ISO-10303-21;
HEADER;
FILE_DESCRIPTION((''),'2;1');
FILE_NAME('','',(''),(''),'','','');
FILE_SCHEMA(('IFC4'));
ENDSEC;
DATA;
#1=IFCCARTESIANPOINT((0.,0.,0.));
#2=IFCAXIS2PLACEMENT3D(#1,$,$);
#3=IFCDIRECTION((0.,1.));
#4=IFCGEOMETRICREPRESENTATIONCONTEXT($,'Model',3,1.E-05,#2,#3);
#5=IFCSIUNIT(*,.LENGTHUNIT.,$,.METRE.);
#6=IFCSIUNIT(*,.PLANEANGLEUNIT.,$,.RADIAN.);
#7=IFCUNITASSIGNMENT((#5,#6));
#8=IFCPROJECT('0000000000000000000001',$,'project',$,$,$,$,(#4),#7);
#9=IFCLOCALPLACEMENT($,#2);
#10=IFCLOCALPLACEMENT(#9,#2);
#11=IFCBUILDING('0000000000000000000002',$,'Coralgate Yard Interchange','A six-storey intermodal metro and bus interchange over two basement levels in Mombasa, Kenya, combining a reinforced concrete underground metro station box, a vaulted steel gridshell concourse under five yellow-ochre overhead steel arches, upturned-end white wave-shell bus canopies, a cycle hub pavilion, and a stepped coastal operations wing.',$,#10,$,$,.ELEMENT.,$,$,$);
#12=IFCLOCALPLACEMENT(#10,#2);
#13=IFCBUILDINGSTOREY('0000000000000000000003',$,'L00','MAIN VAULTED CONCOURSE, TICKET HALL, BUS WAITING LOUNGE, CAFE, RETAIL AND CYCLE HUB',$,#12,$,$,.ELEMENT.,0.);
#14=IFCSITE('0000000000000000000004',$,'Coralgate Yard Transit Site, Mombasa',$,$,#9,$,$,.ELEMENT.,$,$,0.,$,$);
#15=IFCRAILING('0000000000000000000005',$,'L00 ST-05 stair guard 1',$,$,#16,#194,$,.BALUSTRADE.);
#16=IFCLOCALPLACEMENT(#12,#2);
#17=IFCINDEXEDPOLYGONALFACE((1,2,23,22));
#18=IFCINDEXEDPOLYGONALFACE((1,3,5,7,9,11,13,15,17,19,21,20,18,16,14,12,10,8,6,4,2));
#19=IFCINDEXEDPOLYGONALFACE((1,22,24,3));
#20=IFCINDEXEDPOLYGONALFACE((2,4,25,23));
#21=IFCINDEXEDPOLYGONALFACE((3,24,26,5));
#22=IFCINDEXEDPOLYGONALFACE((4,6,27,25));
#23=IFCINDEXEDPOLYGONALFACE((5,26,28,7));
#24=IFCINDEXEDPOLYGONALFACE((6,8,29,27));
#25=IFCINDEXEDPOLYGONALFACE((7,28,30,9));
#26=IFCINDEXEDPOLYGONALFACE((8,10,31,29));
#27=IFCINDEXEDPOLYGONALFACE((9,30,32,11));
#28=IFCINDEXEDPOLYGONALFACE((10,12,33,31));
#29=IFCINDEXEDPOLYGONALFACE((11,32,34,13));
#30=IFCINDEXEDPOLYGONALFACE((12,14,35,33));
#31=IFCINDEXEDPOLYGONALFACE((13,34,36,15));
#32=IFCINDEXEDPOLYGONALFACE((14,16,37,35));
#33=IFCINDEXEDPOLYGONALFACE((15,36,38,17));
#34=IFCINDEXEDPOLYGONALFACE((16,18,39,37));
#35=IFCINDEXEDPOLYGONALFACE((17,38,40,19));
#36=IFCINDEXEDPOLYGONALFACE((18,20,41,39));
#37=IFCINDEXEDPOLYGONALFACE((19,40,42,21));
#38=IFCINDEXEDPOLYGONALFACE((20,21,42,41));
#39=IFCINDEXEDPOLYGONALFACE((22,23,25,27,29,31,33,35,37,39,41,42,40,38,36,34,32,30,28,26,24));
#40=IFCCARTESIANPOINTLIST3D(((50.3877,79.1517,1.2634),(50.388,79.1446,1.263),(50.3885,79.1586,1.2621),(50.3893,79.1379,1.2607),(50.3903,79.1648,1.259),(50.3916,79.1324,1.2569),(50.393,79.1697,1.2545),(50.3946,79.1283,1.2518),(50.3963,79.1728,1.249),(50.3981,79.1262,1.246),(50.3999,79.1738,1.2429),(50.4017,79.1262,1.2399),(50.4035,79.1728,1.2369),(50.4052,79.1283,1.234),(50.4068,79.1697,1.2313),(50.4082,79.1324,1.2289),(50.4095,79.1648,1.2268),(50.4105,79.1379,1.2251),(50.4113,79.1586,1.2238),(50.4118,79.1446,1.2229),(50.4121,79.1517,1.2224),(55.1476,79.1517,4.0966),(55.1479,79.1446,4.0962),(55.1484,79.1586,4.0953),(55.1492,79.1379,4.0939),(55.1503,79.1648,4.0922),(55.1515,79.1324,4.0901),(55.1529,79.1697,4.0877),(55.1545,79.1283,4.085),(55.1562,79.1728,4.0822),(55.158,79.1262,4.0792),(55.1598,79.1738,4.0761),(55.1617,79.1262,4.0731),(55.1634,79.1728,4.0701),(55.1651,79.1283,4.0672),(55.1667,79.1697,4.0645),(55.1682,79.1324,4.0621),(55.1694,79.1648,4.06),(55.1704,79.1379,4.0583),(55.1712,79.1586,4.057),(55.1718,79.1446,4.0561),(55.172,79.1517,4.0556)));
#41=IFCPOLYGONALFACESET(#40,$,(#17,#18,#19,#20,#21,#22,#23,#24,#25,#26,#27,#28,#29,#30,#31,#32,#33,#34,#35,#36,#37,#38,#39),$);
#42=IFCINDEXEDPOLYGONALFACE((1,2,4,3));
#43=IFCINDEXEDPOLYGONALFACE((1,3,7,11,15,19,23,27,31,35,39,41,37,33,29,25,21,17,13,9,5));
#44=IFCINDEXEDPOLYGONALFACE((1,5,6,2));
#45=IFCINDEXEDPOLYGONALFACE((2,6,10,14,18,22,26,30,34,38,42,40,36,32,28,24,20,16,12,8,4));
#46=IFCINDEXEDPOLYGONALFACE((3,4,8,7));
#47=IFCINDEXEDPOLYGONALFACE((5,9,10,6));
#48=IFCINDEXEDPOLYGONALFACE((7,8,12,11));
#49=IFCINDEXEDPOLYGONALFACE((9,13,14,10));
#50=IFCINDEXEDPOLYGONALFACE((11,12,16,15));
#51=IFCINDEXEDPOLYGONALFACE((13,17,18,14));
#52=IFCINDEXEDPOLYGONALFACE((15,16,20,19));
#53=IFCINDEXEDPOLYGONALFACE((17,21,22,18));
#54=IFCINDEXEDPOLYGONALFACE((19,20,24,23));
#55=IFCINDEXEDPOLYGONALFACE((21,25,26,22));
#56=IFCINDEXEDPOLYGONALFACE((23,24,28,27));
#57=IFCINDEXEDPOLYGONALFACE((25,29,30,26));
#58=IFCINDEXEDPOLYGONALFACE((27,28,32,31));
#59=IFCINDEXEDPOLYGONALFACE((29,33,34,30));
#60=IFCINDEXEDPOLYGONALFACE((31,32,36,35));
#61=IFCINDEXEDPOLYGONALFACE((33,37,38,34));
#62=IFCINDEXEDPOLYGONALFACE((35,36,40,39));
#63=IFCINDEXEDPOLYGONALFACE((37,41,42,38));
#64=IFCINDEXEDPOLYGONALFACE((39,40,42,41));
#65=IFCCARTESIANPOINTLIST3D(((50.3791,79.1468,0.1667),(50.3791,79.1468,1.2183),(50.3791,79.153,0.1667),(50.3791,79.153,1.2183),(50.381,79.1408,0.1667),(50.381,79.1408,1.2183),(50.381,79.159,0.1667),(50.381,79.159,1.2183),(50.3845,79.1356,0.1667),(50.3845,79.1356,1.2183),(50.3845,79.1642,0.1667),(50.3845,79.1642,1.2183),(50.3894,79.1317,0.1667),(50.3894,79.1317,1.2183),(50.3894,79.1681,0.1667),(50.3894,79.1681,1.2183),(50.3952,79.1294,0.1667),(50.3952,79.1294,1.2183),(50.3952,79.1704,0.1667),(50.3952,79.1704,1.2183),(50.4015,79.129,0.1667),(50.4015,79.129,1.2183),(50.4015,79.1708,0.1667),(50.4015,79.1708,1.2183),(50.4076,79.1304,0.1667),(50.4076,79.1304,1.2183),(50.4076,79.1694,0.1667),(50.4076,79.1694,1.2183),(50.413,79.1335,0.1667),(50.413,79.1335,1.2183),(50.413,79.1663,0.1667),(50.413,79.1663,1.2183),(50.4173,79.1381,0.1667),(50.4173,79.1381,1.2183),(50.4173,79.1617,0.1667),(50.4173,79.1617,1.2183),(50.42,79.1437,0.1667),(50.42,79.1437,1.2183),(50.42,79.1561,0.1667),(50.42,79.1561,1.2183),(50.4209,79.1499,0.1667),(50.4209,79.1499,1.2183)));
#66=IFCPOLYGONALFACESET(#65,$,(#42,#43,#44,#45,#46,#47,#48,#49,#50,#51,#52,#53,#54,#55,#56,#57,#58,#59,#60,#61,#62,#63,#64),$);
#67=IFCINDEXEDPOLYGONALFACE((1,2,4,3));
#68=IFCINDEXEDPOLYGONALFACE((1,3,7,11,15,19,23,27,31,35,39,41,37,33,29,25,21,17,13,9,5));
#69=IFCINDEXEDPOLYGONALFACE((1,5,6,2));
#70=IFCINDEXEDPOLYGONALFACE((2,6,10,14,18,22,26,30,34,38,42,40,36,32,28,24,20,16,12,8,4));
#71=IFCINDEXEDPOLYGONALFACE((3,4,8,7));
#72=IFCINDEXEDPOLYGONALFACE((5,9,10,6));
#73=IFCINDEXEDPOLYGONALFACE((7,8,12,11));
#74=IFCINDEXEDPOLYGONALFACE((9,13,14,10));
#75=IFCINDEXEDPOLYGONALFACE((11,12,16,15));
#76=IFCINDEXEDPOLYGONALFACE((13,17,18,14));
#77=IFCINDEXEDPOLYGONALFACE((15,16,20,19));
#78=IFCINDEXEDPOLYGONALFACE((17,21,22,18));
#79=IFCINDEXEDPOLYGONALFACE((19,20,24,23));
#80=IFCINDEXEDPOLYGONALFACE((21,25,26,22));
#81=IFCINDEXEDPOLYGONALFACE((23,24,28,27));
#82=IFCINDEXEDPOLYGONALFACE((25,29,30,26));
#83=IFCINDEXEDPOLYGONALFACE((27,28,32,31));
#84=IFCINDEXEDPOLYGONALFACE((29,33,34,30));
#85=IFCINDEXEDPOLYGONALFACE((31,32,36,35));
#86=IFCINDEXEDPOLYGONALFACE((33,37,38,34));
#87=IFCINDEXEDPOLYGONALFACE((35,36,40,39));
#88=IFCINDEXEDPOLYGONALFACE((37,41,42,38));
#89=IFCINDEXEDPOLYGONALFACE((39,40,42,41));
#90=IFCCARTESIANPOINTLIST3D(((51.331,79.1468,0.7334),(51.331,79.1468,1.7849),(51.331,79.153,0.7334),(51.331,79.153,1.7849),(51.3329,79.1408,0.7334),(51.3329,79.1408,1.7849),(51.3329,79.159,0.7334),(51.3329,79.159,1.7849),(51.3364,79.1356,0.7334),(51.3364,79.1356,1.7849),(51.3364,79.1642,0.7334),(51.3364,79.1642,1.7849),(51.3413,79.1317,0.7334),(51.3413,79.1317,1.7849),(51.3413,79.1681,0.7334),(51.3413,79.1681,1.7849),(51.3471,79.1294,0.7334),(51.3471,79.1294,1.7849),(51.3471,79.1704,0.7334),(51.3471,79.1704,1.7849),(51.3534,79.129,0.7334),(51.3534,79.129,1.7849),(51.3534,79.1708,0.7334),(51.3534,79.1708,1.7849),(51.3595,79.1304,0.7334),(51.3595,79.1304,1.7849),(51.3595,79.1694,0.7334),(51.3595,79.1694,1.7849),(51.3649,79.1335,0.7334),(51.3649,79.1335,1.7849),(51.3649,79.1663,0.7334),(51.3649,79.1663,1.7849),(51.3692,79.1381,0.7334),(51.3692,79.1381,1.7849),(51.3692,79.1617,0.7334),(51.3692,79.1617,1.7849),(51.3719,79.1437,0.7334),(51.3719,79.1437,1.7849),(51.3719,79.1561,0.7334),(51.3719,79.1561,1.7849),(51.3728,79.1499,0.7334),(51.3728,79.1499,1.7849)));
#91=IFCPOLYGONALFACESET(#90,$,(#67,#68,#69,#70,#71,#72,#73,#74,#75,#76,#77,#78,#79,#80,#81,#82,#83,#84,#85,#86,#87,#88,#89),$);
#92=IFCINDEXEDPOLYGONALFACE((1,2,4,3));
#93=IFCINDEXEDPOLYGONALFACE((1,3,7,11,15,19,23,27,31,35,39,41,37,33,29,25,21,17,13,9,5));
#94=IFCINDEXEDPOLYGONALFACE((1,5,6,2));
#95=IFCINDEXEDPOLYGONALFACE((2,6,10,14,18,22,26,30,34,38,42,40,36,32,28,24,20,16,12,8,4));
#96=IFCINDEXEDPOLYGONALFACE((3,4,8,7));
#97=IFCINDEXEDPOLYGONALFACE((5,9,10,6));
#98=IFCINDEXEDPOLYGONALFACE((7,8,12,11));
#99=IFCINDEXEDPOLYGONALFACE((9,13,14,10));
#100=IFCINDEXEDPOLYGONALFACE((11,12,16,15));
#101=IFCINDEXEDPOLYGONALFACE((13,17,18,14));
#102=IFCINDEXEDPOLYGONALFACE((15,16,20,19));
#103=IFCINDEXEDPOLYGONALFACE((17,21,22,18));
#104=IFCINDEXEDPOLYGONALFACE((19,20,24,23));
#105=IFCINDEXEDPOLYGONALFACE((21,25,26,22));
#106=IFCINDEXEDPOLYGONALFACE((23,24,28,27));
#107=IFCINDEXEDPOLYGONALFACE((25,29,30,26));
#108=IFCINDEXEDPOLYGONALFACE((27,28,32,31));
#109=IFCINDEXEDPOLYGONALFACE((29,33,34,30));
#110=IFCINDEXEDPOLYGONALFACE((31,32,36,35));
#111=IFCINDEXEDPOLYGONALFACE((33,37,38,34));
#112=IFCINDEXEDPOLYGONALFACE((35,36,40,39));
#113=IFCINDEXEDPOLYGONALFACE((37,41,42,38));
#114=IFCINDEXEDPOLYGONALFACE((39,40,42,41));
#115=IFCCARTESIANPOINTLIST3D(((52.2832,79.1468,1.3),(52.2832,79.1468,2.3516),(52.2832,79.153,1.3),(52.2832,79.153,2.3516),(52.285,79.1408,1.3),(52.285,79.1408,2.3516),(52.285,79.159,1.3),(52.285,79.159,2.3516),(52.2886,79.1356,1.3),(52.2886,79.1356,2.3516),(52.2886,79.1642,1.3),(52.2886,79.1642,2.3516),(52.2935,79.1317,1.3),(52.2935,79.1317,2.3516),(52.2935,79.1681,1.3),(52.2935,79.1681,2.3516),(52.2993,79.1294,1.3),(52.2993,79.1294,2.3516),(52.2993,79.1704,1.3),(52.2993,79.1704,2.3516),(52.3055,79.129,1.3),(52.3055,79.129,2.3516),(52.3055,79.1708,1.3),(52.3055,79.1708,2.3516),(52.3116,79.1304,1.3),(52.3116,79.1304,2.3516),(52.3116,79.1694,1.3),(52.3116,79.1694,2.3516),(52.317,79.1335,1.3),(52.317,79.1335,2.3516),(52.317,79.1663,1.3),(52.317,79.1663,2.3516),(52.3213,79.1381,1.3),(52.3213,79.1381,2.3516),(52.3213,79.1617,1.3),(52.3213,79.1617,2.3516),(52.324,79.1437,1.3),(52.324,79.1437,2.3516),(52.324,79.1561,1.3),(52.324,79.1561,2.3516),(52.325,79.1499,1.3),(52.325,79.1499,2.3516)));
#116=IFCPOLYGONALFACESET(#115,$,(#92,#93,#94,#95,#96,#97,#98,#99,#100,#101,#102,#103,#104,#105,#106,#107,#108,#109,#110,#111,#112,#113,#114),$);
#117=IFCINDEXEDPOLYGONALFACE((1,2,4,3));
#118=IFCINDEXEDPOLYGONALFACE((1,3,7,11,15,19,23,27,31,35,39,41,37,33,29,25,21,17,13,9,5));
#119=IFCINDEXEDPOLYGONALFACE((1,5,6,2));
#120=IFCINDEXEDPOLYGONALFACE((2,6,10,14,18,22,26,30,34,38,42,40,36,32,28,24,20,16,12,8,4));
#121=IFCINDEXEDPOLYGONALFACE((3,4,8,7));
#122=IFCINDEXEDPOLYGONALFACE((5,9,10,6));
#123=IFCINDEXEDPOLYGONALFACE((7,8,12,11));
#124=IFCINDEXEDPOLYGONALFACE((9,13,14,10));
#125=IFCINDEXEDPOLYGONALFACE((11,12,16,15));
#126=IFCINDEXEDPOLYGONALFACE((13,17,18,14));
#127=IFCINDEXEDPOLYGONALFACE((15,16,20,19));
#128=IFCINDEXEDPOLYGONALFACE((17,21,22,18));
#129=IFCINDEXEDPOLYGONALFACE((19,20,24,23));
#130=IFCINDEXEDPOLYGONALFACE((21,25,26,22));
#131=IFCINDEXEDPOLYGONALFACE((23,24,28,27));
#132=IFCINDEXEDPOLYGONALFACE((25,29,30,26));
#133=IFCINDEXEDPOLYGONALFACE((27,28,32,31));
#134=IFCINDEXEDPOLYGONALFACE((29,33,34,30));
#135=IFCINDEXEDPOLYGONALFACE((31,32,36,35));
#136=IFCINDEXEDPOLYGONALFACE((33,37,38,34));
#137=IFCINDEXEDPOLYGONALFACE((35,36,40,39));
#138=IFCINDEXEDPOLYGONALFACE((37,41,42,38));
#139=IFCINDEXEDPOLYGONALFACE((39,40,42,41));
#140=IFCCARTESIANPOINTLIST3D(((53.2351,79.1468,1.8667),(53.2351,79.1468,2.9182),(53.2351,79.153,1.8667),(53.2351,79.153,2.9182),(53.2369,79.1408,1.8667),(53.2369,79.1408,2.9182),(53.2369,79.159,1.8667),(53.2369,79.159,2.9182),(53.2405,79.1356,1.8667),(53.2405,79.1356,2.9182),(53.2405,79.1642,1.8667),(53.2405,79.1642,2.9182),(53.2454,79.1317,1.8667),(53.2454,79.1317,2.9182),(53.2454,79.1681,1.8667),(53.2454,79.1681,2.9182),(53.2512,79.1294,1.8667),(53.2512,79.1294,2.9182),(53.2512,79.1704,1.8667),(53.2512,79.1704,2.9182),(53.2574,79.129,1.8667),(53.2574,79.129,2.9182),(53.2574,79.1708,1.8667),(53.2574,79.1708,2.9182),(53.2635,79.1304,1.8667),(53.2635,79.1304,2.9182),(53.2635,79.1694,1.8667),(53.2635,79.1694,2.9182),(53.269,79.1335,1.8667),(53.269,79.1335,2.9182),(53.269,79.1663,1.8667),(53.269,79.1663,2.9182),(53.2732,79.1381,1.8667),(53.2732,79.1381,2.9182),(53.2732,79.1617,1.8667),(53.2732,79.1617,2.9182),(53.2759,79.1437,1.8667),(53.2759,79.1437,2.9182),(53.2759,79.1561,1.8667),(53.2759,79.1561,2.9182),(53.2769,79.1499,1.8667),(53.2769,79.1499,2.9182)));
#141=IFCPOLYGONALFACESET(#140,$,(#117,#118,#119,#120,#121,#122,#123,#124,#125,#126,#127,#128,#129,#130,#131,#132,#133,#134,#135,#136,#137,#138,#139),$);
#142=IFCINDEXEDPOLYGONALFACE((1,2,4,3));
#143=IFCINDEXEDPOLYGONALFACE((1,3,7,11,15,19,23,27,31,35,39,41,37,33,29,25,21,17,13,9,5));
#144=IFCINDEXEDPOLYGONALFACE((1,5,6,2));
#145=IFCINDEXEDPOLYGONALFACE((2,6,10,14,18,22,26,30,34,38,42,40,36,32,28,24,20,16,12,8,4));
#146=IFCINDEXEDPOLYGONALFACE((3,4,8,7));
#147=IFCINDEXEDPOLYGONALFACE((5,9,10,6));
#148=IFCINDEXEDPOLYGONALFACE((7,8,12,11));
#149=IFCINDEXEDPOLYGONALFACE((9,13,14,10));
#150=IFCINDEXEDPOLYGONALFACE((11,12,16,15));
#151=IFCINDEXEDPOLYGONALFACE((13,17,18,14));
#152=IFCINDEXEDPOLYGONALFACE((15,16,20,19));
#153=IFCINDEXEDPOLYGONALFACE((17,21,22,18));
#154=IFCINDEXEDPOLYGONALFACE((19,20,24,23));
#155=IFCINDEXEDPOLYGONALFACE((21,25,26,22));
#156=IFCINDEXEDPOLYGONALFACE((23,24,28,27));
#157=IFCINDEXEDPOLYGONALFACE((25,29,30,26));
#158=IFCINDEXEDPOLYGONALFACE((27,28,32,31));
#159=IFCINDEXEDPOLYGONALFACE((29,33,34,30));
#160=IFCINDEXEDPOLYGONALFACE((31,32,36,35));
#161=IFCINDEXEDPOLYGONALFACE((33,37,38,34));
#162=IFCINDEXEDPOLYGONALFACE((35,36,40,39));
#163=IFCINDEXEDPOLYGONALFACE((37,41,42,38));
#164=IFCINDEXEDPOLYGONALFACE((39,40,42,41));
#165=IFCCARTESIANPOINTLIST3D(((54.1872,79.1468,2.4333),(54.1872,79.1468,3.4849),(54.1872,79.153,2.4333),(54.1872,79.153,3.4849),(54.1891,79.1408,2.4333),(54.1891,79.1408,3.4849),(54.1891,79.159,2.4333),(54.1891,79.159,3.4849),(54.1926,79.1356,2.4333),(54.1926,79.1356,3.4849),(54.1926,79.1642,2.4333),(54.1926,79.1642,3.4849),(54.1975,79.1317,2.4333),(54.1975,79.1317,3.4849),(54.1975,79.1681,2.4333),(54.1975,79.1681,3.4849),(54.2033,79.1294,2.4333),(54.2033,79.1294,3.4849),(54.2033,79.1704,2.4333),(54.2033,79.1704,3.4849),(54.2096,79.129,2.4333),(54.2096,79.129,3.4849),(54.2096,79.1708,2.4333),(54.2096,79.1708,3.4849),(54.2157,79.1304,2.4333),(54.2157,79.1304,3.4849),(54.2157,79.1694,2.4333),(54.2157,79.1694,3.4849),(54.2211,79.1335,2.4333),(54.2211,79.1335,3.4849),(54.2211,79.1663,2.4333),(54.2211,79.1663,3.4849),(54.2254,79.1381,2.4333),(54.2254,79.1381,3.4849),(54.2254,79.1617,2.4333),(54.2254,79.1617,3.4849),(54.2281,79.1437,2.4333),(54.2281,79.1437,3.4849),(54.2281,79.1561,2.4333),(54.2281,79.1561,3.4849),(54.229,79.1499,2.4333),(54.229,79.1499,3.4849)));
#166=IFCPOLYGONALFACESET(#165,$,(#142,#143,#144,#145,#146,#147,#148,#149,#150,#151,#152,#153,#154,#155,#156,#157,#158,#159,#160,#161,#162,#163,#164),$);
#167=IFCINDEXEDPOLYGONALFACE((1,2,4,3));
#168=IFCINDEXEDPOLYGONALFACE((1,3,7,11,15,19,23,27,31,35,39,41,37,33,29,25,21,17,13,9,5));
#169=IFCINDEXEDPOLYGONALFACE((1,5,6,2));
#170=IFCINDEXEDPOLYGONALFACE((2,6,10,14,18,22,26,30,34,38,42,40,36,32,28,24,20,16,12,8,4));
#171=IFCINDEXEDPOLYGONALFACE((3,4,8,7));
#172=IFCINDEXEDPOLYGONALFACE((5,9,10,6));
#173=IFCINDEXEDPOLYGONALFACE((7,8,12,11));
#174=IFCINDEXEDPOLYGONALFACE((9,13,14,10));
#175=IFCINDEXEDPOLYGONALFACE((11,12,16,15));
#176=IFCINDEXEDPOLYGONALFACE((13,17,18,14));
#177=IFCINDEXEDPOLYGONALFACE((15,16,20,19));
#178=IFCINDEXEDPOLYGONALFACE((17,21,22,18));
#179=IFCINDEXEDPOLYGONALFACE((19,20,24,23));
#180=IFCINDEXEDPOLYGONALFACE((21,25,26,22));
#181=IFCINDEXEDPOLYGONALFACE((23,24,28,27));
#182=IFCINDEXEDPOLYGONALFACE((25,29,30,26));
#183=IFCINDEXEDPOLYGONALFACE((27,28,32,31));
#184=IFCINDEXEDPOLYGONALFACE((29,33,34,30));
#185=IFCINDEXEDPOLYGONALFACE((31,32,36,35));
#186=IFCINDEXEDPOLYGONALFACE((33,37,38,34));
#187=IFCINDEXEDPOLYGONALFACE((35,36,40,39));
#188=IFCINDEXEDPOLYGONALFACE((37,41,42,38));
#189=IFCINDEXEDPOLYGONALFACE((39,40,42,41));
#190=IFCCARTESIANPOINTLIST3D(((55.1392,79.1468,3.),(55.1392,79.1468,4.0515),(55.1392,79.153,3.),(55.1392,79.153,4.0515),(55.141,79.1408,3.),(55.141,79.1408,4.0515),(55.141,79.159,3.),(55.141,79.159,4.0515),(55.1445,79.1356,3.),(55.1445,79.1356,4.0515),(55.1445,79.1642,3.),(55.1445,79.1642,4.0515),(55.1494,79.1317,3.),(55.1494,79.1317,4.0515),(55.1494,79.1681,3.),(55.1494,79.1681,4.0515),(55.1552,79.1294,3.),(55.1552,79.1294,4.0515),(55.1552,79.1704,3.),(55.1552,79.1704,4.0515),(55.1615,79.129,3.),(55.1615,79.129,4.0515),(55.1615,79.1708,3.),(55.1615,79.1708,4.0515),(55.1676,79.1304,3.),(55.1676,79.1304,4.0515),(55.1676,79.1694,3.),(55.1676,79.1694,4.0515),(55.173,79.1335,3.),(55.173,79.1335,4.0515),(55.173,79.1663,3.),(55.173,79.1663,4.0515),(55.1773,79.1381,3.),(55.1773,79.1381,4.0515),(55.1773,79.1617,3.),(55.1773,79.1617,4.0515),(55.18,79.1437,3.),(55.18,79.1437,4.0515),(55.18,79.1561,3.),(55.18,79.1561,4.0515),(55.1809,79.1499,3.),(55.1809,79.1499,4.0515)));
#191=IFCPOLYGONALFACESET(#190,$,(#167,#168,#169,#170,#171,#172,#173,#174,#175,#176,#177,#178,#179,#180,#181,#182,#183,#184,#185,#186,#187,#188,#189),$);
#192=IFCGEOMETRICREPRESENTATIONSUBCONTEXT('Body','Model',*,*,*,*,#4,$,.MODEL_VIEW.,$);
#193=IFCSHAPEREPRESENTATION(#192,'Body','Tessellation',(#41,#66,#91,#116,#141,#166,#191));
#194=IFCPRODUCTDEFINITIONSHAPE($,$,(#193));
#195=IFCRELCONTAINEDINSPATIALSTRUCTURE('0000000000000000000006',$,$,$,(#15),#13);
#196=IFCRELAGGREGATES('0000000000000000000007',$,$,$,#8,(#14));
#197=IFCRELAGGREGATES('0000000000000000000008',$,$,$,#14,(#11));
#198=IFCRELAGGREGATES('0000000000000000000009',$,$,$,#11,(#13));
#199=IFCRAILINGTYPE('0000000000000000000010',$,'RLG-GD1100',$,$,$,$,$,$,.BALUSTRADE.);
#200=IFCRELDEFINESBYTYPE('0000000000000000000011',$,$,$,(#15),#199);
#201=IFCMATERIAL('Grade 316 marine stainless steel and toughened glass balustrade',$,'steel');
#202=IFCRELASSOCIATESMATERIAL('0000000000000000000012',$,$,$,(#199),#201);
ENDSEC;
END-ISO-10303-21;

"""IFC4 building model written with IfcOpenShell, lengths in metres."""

from ifc_helpers import new_model, si_unit, direction, frame, origin, origin_2d, place, context, subcontext, project, spatial, circle, extrude, material, type_object, element, save


model = new_model("IFC4")

# Units and contexts
model_context = context("Model", 3, precision=1e-05, world=origin(), true_north=direction((0.0, 1.0)))
body_context = subcontext(model_context, "Body", "Model", "MODEL_VIEW")
ifc_project = project(units=[si_unit("LENGTHUNIT", "METRE"), si_unit("PLANEANGLEUNIT", "RADIAN")], contexts=[model_context])

# Site, building, storey
site_placement = place(None, origin())
site = spatial("IfcSite", under=ifc_project, at=site_placement, Name="Coralgate Yard Transit Site, Mombasa", CompositionType="ELEMENT", RefElevation=0.0)
building_placement = place(site_placement, origin())
building = spatial("IfcBuilding", under=site, at=building_placement, Name="Coralgate Yard Interchange", Description="A six-storey intermodal metro and bus interchange over two basement levels in Mombasa, Kenya, combining a reinforced concrete underground metro station box, a vaulted steel gridshell concourse under five yellow-ochre overhead steel arches, upturned-end white wave-shell bus canopies, a cycle hub pavilion, and a stepped coastal operations wing.", CompositionType="ELEMENT")
storey_placement = place(building_placement, origin())
storey = spatial("IfcBuildingStorey", under=building, at=storey_placement, Name="L00", Description="MAIN VAULTED CONCOURSE, TICKET HALL, BUS WAITING LOUNGE, CAFE, RETAIL AND CYCLE HUB", CompositionType="ELEMENT", Elevation=0.0)

# Railing
ifc_material_1 = material(Name="Grade 316 marine stainless steel and toughened glass balustrade", Category="steel")
railing_type_1 = type_object("IfcRailingType", Name="RLG-GD1100", PredefinedType="BALUSTRADE", material=ifc_material_1)
railing_1_placement = place(storey_placement, frame((50.3999, 79.1499, 0.1667)))
element("IfcRailing", 1, at=railing_1_placement, inside=storey, type_object=railing_type_1, Name="L00 ST-05 stair guard 1", PredefinedType="BALUSTRADE", context=body_context, shape_type="SweptSolid", body=[
    extrude(circle(Radius=0.0239, at=origin_2d()), frame((0.0, 0.0, 1.0762), z_axis=(0.8593, 0.0, 0.511472), x_axis=(0.0, 1.0, 0.0)), (0.0, 0.0, 1.0), 5.5393),
    extrude(circle(Radius=0.021, at=origin_2d()), origin(), (0.0, 0.0, 1.0), 1.0515),
    extrude(circle(Radius=0.021, at=origin_2d()), frame((0.9519, 0.0, 0.5667)), (0.0, 0.0, 1.0), 1.0515),
    extrude(circle(Radius=0.021, at=origin_2d()), frame((1.9041, 0.0, 1.1333)), (0.0, 0.0, 1.0), 1.0515),
    extrude(circle(Radius=0.021, at=origin_2d()), frame((2.856, 0.0, 1.7)), (0.0, 0.0, 1.0), 1.0515),
    extrude(circle(Radius=0.021, at=origin_2d()), frame((3.8081, 0.0, 2.2666)), (0.0, 0.0, 1.0), 1.0515),
    extrude(circle(Radius=0.021, at=origin_2d()), frame((4.76, 0.0, 2.8333)), (0.0, 0.0, 1.0), 1.0515),
])

save(model, "model.ifc")
